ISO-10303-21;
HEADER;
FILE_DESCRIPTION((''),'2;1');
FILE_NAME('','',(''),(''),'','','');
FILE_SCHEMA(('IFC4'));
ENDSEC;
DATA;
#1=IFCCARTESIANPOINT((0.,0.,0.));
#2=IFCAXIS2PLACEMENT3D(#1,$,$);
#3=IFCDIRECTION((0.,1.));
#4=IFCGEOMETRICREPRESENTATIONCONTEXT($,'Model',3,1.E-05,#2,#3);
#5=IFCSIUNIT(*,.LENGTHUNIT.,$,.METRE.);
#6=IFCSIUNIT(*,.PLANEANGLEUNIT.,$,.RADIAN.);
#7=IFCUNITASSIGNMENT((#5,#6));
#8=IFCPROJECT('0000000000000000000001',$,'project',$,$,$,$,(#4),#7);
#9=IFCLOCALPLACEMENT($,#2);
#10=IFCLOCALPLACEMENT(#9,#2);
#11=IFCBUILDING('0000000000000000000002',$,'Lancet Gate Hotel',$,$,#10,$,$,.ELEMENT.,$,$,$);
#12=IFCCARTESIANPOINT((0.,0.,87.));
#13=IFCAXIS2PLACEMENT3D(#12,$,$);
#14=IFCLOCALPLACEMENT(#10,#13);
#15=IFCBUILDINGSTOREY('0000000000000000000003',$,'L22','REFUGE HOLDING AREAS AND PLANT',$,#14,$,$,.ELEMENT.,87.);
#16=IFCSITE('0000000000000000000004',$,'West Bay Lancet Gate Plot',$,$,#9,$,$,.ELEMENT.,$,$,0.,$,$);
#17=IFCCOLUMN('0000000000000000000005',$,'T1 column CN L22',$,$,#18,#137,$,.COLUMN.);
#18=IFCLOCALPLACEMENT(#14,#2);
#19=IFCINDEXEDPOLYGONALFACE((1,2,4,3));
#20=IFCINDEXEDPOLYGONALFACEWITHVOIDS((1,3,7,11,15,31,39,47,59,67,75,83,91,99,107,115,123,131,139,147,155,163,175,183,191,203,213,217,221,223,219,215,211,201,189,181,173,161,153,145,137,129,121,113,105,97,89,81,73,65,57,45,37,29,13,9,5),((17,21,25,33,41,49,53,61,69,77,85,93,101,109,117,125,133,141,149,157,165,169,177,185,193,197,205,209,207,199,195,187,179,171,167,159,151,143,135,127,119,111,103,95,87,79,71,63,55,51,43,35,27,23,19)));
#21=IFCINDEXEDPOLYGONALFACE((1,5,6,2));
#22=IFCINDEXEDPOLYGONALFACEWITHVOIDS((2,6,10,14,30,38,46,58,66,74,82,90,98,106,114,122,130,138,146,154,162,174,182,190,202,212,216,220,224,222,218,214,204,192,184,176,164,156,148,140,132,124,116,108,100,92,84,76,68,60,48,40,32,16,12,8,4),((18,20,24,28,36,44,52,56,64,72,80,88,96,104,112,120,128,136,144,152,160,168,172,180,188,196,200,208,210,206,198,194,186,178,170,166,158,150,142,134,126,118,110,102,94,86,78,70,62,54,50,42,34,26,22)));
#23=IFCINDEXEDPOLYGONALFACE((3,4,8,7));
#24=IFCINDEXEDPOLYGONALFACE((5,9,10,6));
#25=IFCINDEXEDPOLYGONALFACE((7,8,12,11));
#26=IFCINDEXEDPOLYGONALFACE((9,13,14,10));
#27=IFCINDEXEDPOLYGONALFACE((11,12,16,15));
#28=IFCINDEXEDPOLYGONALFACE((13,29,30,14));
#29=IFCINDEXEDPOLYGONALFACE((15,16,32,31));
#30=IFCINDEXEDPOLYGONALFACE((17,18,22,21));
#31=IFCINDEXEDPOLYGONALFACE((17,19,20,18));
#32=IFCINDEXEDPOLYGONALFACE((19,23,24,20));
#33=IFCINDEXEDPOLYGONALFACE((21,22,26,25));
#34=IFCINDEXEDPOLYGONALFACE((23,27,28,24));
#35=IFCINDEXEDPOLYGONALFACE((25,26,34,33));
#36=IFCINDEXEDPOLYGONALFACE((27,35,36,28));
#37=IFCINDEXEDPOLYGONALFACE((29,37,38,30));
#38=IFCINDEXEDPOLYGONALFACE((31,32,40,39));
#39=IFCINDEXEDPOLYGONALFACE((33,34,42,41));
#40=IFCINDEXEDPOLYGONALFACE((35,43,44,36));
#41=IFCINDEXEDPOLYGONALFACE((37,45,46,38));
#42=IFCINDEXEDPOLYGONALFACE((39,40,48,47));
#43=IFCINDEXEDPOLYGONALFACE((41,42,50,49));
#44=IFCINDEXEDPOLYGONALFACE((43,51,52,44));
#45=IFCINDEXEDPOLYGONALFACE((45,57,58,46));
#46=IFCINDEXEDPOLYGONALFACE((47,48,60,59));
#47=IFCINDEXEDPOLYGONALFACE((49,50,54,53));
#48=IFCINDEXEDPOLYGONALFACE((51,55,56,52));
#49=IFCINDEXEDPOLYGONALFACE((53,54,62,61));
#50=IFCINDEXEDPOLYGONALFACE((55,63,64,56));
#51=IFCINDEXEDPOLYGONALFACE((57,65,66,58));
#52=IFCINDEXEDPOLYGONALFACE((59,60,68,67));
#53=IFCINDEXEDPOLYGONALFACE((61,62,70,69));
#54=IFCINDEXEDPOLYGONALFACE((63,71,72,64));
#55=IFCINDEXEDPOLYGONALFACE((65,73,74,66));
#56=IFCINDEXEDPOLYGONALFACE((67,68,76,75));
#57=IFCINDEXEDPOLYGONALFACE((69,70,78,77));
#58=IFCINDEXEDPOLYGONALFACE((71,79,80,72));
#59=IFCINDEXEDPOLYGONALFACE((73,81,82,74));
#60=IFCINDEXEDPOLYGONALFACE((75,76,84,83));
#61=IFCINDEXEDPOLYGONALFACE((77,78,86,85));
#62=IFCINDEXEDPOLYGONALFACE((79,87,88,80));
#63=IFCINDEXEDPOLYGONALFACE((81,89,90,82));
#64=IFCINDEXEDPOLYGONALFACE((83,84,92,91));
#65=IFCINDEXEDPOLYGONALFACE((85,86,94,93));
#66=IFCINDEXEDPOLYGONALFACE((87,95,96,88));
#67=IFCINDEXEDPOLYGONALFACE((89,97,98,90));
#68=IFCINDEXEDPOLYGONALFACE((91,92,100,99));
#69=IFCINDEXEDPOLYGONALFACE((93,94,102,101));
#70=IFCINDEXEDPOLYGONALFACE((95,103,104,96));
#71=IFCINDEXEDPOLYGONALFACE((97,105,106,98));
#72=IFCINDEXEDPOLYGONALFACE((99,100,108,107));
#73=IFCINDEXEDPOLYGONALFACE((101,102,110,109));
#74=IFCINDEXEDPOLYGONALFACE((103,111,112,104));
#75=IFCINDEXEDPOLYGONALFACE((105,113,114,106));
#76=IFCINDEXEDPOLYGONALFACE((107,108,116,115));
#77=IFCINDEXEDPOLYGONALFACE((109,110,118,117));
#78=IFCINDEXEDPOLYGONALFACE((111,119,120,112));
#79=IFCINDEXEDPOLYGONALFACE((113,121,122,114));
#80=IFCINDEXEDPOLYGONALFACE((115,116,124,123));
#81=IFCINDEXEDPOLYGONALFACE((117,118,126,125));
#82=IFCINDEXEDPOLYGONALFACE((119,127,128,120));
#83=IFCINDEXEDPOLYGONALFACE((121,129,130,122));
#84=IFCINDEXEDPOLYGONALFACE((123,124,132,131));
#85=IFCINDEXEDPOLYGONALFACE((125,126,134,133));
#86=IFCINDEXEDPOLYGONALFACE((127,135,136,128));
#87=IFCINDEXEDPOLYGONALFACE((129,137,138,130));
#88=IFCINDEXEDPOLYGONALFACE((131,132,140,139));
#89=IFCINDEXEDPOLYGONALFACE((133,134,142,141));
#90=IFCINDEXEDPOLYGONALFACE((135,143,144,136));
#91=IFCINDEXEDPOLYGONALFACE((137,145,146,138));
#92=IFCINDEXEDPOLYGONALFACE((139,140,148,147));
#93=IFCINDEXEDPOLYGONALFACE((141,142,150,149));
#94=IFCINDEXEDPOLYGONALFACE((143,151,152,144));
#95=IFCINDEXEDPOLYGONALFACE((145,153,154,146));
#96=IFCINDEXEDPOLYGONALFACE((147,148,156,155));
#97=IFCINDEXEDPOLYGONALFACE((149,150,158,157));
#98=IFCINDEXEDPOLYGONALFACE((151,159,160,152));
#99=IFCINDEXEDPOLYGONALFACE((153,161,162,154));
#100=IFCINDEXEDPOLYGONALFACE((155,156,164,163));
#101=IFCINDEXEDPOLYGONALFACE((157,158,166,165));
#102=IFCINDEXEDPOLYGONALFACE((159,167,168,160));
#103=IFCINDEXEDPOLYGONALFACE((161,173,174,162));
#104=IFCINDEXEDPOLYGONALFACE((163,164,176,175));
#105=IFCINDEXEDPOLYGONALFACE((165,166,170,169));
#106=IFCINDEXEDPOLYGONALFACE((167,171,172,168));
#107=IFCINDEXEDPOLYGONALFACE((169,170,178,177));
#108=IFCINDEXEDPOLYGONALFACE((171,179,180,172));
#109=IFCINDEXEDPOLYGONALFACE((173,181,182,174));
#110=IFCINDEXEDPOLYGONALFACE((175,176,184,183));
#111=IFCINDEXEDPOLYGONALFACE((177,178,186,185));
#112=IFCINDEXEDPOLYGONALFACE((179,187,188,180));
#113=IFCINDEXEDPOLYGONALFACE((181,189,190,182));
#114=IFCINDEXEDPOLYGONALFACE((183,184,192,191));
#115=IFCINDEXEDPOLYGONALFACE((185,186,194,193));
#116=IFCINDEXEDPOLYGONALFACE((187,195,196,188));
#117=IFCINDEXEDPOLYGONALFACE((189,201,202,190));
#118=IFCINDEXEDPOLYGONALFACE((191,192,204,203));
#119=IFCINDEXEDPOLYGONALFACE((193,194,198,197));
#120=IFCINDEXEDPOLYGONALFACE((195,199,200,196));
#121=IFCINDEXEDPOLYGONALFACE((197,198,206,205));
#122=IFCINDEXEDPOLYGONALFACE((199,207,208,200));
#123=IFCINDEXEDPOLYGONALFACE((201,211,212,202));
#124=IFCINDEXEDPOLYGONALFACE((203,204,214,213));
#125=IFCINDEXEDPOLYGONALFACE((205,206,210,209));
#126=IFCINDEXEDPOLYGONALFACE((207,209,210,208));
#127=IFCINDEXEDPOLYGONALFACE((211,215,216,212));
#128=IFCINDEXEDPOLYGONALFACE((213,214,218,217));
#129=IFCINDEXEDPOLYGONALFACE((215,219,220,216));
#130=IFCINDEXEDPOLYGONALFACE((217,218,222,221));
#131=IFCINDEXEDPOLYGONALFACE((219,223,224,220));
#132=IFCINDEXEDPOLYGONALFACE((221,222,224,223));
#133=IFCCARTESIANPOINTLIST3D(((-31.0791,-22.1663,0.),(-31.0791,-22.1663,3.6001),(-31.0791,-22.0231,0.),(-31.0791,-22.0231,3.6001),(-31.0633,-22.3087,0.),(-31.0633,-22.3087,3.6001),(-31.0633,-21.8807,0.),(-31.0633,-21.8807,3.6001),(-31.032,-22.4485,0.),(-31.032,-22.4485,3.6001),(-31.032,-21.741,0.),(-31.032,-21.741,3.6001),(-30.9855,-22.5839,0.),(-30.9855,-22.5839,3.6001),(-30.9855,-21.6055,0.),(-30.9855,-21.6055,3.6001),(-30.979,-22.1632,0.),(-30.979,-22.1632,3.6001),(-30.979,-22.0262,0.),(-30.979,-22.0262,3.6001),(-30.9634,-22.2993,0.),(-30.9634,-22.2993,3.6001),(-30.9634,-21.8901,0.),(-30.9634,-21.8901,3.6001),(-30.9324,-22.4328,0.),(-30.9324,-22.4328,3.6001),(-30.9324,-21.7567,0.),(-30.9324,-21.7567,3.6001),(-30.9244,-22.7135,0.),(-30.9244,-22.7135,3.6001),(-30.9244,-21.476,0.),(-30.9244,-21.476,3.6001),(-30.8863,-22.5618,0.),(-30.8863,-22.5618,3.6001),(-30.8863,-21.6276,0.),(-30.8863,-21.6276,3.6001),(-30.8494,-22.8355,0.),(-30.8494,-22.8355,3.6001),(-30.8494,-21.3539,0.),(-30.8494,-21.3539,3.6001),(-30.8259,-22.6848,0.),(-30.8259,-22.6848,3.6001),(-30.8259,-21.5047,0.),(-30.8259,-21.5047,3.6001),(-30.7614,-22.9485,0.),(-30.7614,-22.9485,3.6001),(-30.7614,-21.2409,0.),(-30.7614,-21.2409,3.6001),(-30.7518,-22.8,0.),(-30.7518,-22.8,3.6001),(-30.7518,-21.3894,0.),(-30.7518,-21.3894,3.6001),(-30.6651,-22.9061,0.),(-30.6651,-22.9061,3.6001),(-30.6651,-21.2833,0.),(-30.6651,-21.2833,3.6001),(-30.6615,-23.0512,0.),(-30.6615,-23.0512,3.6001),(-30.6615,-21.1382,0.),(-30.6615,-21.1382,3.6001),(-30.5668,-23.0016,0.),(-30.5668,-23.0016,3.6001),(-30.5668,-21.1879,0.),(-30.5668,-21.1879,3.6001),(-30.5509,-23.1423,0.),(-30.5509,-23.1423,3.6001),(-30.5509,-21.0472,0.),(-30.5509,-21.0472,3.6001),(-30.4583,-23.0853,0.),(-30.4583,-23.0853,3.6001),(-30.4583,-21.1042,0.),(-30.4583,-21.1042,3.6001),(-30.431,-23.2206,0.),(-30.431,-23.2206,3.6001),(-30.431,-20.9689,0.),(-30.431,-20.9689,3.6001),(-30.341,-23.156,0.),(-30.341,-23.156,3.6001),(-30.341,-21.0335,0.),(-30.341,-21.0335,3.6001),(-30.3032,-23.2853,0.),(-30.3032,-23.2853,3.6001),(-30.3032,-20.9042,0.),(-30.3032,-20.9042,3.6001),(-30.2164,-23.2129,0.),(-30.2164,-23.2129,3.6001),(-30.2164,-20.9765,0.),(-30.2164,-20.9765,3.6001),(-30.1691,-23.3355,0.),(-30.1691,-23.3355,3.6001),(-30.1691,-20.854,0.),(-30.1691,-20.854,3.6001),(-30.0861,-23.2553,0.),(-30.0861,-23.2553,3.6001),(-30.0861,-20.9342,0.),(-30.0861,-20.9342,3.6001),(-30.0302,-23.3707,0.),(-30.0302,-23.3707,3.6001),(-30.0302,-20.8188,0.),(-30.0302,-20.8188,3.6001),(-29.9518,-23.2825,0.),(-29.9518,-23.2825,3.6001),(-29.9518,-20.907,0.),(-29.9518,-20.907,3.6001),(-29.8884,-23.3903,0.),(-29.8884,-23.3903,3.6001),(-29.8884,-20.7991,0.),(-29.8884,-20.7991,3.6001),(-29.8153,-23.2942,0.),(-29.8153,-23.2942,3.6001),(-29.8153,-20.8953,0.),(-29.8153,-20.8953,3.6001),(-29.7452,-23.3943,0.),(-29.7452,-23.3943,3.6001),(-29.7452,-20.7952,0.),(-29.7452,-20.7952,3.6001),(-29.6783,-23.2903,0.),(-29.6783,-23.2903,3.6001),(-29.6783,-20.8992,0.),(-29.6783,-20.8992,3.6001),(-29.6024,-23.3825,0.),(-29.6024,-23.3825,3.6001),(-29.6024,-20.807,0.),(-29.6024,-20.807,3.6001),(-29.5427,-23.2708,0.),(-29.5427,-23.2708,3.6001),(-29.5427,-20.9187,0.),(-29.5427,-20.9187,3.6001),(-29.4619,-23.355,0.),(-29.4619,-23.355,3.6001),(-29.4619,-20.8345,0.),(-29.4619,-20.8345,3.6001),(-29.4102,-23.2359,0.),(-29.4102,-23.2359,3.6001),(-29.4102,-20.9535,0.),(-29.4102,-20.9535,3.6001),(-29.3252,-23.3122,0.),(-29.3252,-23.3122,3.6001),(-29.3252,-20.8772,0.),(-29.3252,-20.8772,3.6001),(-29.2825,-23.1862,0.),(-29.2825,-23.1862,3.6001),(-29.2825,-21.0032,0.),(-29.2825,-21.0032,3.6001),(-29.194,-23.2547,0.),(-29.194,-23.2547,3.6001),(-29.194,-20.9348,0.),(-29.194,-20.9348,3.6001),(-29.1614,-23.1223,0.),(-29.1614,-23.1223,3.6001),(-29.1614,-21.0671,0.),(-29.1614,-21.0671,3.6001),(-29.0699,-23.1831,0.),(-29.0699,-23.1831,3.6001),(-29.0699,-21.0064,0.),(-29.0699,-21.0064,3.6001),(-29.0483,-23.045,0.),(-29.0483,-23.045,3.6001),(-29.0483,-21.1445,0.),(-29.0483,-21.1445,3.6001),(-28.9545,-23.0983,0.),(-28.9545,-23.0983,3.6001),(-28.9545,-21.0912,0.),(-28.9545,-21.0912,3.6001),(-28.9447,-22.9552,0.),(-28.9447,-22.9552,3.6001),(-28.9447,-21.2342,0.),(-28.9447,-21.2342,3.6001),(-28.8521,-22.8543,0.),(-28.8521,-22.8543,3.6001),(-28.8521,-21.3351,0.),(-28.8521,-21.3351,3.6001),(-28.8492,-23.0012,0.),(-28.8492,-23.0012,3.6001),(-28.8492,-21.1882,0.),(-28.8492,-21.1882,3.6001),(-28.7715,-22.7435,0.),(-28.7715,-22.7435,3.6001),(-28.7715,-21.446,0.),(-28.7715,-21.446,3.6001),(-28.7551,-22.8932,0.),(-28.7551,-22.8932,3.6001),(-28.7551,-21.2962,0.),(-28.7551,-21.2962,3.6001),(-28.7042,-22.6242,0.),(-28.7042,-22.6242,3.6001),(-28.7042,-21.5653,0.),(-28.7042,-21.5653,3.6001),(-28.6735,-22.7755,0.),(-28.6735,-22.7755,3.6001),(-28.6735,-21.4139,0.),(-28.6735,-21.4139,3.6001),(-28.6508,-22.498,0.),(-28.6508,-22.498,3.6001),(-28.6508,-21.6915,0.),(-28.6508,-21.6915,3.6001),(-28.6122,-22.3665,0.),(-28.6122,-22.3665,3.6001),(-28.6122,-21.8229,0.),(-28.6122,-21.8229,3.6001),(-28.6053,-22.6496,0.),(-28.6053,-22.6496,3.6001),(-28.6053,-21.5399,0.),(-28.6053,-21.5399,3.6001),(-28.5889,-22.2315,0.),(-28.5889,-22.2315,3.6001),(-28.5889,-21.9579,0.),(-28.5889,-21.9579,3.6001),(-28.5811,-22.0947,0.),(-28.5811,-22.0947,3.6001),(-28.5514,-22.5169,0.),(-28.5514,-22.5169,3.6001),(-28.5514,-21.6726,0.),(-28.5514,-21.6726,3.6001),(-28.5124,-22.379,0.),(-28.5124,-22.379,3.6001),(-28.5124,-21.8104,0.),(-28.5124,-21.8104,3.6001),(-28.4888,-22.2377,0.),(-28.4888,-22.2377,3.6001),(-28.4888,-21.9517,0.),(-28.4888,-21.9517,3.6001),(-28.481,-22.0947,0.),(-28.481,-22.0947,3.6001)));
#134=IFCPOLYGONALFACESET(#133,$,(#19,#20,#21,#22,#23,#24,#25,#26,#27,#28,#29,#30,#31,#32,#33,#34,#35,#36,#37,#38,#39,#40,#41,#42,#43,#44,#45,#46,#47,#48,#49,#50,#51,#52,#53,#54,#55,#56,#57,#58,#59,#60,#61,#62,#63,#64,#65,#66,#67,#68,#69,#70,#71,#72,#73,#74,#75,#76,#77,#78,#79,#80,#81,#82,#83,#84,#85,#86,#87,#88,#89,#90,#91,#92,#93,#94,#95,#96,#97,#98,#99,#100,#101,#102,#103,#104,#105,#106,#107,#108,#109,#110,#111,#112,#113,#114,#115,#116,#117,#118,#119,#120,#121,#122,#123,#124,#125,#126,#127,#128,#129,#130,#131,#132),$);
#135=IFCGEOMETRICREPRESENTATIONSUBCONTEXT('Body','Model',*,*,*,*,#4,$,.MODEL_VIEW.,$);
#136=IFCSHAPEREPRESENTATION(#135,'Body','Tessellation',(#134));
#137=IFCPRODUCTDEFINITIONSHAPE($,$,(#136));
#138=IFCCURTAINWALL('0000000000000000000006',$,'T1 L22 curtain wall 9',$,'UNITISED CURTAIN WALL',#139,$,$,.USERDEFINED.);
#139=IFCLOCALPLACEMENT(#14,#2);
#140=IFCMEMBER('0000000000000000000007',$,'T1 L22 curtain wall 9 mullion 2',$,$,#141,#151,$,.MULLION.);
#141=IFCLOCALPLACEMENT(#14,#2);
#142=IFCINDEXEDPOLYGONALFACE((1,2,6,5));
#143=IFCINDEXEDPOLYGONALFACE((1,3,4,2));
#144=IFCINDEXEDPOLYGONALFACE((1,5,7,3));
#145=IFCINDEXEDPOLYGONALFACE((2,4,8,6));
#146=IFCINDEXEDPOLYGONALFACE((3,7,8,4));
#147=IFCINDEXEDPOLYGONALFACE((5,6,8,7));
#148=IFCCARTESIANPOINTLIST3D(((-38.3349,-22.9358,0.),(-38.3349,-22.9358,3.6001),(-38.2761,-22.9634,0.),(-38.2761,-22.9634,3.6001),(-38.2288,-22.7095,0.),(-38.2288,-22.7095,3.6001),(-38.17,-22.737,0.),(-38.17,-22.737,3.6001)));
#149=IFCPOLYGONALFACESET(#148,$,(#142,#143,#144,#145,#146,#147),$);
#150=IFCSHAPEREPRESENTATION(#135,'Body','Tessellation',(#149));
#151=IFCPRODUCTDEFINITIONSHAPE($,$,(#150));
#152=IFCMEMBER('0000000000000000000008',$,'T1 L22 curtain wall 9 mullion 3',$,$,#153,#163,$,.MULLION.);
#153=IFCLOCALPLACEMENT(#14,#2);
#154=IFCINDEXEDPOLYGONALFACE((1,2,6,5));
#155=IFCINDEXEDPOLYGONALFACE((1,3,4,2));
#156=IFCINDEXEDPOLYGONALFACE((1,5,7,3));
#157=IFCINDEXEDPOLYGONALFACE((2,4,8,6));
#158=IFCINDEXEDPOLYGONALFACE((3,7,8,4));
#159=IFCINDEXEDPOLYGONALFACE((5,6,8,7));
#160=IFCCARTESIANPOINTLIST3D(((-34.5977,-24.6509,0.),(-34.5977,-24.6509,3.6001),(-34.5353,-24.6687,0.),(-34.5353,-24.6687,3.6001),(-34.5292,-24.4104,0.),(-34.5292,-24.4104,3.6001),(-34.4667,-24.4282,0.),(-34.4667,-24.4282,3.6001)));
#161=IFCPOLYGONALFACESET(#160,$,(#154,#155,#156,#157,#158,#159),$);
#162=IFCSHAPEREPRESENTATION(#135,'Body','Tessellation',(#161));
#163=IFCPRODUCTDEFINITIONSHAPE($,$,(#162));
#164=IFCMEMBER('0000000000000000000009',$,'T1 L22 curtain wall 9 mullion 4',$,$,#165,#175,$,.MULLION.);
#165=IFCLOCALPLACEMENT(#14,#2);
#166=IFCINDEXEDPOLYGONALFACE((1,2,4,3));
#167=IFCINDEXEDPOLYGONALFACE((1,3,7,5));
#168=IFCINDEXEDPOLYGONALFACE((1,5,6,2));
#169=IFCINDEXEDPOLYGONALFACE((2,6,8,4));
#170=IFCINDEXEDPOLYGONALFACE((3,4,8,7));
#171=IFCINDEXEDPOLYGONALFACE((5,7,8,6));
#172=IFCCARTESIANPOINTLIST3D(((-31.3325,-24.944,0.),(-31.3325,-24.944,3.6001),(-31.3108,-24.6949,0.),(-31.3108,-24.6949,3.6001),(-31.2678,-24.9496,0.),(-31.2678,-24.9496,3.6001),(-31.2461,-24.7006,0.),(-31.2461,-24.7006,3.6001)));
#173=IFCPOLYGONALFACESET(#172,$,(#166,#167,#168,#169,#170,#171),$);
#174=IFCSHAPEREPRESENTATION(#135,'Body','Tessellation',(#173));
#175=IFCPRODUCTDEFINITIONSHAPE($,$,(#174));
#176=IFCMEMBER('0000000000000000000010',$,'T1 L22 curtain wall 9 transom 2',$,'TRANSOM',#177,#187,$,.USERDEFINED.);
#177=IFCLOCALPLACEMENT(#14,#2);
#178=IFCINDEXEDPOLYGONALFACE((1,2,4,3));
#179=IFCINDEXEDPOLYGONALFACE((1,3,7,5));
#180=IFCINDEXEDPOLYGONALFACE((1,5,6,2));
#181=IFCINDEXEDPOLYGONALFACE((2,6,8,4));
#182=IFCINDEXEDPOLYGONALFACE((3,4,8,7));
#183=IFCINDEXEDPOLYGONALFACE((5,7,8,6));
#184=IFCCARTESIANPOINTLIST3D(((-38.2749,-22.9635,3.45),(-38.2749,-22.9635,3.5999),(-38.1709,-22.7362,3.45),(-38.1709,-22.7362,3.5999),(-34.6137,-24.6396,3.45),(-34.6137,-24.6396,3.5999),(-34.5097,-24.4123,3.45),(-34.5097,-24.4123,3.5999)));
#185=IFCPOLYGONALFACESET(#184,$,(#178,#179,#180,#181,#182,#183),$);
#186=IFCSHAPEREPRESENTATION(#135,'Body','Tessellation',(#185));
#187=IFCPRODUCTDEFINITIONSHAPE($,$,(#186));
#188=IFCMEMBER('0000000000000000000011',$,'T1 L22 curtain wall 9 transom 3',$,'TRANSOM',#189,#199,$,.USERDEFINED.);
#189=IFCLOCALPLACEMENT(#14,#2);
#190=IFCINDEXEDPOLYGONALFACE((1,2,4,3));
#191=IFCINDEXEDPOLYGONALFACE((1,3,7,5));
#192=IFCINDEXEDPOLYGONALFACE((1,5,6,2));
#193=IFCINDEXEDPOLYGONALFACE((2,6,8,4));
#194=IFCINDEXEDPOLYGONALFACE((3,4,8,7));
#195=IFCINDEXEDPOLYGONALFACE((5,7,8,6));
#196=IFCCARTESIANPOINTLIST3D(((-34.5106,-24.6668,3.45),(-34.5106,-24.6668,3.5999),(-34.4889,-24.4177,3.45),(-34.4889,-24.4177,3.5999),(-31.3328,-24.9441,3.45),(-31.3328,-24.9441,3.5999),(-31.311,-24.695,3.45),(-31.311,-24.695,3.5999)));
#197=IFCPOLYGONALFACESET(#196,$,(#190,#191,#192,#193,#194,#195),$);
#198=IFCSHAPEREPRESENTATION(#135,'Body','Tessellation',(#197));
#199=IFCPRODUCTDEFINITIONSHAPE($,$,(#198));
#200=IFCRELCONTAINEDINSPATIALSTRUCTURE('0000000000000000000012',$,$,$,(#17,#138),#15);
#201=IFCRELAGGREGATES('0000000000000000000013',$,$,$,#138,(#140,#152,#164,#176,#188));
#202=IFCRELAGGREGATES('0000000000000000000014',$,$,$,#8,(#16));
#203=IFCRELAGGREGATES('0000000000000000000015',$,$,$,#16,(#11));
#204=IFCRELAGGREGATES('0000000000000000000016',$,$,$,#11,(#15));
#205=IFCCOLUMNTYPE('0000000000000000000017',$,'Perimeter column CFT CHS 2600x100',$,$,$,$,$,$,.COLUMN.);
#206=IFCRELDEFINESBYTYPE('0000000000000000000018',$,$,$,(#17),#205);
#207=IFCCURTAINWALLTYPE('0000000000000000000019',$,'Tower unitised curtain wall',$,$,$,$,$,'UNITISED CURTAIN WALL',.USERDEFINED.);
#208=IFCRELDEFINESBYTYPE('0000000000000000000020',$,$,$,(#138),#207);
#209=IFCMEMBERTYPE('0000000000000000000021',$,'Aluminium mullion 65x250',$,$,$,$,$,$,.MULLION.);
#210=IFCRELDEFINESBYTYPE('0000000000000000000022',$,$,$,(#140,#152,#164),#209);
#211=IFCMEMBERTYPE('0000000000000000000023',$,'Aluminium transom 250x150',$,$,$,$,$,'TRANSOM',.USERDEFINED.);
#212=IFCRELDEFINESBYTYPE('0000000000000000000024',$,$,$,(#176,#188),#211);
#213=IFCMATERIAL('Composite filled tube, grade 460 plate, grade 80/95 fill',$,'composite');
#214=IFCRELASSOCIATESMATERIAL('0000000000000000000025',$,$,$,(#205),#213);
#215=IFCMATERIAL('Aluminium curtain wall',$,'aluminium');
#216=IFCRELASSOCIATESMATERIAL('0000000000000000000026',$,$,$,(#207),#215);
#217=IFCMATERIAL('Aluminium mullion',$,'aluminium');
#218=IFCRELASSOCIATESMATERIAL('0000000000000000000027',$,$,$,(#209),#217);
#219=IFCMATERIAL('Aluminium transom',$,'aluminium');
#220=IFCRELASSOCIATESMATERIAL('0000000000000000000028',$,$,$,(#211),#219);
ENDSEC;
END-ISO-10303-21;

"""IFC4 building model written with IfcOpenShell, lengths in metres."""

from ifc_helpers import new_model, si_unit, direction, frame, origin, origin_2d, place, context, subcontext, project, spatial, rectangle, hollow_circle, extrude, material, material_profile, profile_set, type_object, element, aggregate, save


model = new_model("IFC4")

# Units and contexts
model_context = context("Model", 3, precision=1e-05, world=origin(), true_north=direction((0.0, 1.0)))
body_context = subcontext(model_context, "Body", "Model", "MODEL_VIEW")
ifc_project = project(units=[si_unit("LENGTHUNIT", "METRE"), si_unit("PLANEANGLEUNIT", "RADIAN")], contexts=[model_context])

# Site, building, storey
site_placement = place(None, origin())
site = spatial("IfcSite", under=ifc_project, at=site_placement, Name="West Bay Lancet Gate Plot", CompositionType="ELEMENT", RefElevation=0.0)
building_placement = place(site_placement, origin())
building = spatial("IfcBuilding", under=site, at=building_placement, Name="Lancet Gate Hotel", CompositionType="ELEMENT")
storey_placement = place(building_placement, frame((0.0, 0.0, 87.0)))
storey = spatial("IfcBuildingStorey", under=building, at=storey_placement, Name="L22", Description="REFUGE HOLDING AREAS AND PLANT", CompositionType="ELEMENT", Elevation=87.0)

# Column
ifc_material_1 = material(Name="Composite filled tube, grade 460 plate, grade 80/95 fill", Category="composite")
ifc_material_profile_1 = material_profile(ifc_material_1, hollow_circle(Radius=1.3, WallThickness=0.1001, at=origin_2d()), Name="CHS 2600x100")
ifc_profile_set_1 = profile_set([ifc_material_profile_1], Name="Composite filled tube, grade 460 plate, grade 80/95 fill")
column_type = type_object("IfcColumnType", Name="Perimeter column CFT CHS 2600x100", PredefinedType="COLUMN", material=ifc_profile_set_1)
column_placement = place(storey_placement, frame((-29.781, -22.0947, 0.0), z_axis=(0.0, 0.0, 1.0), x_axis=(1.0, 0.0, 0.0)))
element("IfcColumn", 1, at=column_placement, inside=storey, type_object=column_type, Name="T1 column CN L22", PredefinedType="COLUMN", context=body_context, shape_type="SweptSolid", body=[
    extrude(hollow_circle(Radius=1.3, WallThickness=0.1001, at=origin_2d()), origin(), (0.0, 0.0, 1.0), 3.6001),
])

# Curtain wall, members
ifc_material_2 = material(Name="Aluminium curtain wall", Category="aluminium")
curtain_wall_type = type_object("IfcCurtainWallType", Name="Tower unitised curtain wall", ElementType="UNITISED CURTAIN WALL", PredefinedType="USERDEFINED", material=ifc_material_2)
curtain_wall_placement = place(storey_placement, origin())
curtain_wall = element("IfcCurtainWall", 2, at=curtain_wall_placement, inside=storey, type_object=curtain_wall_type, Name="T1 L22 curtain wall 9", ObjectType="UNITISED CURTAIN WALL", PredefinedType="USERDEFINED")
ifc_material_3 = material(Name="Aluminium mullion", Category="aluminium")
ifc_material_profile_2 = material_profile(ifc_material_3, rectangle(XDim=0.0649, YDim=0.25, at=origin_2d()), Name="MULLION 65x250")
ifc_profile_set_2 = profile_set([ifc_material_profile_2], Name="Aluminium mullion")
member_type_1 = type_object("IfcMemberType", Name="Aluminium mullion 65x250", PredefinedType="MULLION", material=ifc_profile_set_2)
member_1_placement = place(storey_placement, frame((-38.2524, -22.8364, 0.0), z_axis=(0.0, 0.0, 1.0), x_axis=(0.905375, -0.424612, 0.0)))
member_1 = element("IfcMember", 3, at=member_1_placement, type_object=member_type_1, Name="T1 L22 curtain wall 9 mullion 2", PredefinedType="MULLION", context=body_context, shape_type="SweptSolid", body=[
    extrude(rectangle(XDim=0.0649, YDim=0.25, at=origin_2d()), origin(), (0.0, 0.0, 1.0), 3.6001),
])
member_2_placement = place(storey_placement, frame((-34.5322, -24.5396, 0.0), z_axis=(0.0, 0.0, 1.0), x_axis=(0.961653, -0.274268, 0.0)))
member_2 = element("IfcMember", 4, at=member_2_placement, type_object=member_type_1, Name="T1 L22 curtain wall 9 mullion 3", PredefinedType="MULLION", context=body_context, shape_type="SweptSolid", body=[
    extrude(rectangle(XDim=0.0649, YDim=0.25, at=origin_2d()), origin(), (0.0, 0.0, 1.0), 3.6001),
])
member_3_placement = place(storey_placement, frame((-31.2893, -24.8223, 0.0), z_axis=(0.0, 0.0, 1.0), x_axis=(0.996219, -0.08688, 0.0)))
member_3 = element("IfcMember", 5, at=member_3_placement, type_object=member_type_1, Name="T1 L22 curtain wall 9 mullion 4", PredefinedType="MULLION", context=body_context, shape_type="SweptSolid", body=[
    extrude(rectangle(XDim=0.0649, YDim=0.25, at=origin_2d()), origin(), (0.0, 0.0, 1.0), 3.6001),
])
ifc_material_4 = material(Name="Aluminium transom", Category="aluminium")
ifc_material_profile_3 = material_profile(ifc_material_4, rectangle(XDim=0.25, YDim=0.1499, at=origin_2d()), Name="TRANSOM 250x150")
ifc_profile_set_3 = profile_set([ifc_material_profile_3], Name="Aluminium transom")
member_type_2 = type_object("IfcMemberType", Name="Aluminium transom 250x150", ElementType="TRANSOM", PredefinedType="USERDEFINED", material=ifc_profile_set_3)
member_4_placement = place(storey_placement, frame((-38.2229, -22.8499, 3.5249), z_axis=(0.909252, -0.416245, 0.0), x_axis=(0.416245, 0.909252, 0.0)))
member_4 = element("IfcMember", 6, at=member_4_placement, type_object=member_type_2, Name="T1 L22 curtain wall 9 transom 2", ObjectType="TRANSOM", PredefinedType="USERDEFINED", context=body_context, shape_type="SweptSolid", body=[
    extrude(rectangle(XDim=0.25, YDim=0.1499, at=origin_2d()), origin(), (0.0, 0.0, 1.0), 4.0266),
])
member_5_placement = place(storey_placement, frame((-34.4998, -24.5422, 3.5249), z_axis=(0.996214, -0.08694, 0.0), x_axis=(0.08694, 0.996214, 0.0)))
member_5 = element("IfcMember", 7, at=member_5_placement, type_object=member_type_2, Name="T1 L22 curtain wall 9 transom 3", ObjectType="TRANSOM", PredefinedType="USERDEFINED", context=body_context, shape_type="SweptSolid", body=[
    extrude(rectangle(XDim=0.25, YDim=0.1499, at=origin_2d()), origin(), (0.0, 0.0, 1.0), 3.1899),
])

aggregate(curtain_wall, [member_1, member_2, member_3, member_4, member_5])

save(model, "model.ifc")
